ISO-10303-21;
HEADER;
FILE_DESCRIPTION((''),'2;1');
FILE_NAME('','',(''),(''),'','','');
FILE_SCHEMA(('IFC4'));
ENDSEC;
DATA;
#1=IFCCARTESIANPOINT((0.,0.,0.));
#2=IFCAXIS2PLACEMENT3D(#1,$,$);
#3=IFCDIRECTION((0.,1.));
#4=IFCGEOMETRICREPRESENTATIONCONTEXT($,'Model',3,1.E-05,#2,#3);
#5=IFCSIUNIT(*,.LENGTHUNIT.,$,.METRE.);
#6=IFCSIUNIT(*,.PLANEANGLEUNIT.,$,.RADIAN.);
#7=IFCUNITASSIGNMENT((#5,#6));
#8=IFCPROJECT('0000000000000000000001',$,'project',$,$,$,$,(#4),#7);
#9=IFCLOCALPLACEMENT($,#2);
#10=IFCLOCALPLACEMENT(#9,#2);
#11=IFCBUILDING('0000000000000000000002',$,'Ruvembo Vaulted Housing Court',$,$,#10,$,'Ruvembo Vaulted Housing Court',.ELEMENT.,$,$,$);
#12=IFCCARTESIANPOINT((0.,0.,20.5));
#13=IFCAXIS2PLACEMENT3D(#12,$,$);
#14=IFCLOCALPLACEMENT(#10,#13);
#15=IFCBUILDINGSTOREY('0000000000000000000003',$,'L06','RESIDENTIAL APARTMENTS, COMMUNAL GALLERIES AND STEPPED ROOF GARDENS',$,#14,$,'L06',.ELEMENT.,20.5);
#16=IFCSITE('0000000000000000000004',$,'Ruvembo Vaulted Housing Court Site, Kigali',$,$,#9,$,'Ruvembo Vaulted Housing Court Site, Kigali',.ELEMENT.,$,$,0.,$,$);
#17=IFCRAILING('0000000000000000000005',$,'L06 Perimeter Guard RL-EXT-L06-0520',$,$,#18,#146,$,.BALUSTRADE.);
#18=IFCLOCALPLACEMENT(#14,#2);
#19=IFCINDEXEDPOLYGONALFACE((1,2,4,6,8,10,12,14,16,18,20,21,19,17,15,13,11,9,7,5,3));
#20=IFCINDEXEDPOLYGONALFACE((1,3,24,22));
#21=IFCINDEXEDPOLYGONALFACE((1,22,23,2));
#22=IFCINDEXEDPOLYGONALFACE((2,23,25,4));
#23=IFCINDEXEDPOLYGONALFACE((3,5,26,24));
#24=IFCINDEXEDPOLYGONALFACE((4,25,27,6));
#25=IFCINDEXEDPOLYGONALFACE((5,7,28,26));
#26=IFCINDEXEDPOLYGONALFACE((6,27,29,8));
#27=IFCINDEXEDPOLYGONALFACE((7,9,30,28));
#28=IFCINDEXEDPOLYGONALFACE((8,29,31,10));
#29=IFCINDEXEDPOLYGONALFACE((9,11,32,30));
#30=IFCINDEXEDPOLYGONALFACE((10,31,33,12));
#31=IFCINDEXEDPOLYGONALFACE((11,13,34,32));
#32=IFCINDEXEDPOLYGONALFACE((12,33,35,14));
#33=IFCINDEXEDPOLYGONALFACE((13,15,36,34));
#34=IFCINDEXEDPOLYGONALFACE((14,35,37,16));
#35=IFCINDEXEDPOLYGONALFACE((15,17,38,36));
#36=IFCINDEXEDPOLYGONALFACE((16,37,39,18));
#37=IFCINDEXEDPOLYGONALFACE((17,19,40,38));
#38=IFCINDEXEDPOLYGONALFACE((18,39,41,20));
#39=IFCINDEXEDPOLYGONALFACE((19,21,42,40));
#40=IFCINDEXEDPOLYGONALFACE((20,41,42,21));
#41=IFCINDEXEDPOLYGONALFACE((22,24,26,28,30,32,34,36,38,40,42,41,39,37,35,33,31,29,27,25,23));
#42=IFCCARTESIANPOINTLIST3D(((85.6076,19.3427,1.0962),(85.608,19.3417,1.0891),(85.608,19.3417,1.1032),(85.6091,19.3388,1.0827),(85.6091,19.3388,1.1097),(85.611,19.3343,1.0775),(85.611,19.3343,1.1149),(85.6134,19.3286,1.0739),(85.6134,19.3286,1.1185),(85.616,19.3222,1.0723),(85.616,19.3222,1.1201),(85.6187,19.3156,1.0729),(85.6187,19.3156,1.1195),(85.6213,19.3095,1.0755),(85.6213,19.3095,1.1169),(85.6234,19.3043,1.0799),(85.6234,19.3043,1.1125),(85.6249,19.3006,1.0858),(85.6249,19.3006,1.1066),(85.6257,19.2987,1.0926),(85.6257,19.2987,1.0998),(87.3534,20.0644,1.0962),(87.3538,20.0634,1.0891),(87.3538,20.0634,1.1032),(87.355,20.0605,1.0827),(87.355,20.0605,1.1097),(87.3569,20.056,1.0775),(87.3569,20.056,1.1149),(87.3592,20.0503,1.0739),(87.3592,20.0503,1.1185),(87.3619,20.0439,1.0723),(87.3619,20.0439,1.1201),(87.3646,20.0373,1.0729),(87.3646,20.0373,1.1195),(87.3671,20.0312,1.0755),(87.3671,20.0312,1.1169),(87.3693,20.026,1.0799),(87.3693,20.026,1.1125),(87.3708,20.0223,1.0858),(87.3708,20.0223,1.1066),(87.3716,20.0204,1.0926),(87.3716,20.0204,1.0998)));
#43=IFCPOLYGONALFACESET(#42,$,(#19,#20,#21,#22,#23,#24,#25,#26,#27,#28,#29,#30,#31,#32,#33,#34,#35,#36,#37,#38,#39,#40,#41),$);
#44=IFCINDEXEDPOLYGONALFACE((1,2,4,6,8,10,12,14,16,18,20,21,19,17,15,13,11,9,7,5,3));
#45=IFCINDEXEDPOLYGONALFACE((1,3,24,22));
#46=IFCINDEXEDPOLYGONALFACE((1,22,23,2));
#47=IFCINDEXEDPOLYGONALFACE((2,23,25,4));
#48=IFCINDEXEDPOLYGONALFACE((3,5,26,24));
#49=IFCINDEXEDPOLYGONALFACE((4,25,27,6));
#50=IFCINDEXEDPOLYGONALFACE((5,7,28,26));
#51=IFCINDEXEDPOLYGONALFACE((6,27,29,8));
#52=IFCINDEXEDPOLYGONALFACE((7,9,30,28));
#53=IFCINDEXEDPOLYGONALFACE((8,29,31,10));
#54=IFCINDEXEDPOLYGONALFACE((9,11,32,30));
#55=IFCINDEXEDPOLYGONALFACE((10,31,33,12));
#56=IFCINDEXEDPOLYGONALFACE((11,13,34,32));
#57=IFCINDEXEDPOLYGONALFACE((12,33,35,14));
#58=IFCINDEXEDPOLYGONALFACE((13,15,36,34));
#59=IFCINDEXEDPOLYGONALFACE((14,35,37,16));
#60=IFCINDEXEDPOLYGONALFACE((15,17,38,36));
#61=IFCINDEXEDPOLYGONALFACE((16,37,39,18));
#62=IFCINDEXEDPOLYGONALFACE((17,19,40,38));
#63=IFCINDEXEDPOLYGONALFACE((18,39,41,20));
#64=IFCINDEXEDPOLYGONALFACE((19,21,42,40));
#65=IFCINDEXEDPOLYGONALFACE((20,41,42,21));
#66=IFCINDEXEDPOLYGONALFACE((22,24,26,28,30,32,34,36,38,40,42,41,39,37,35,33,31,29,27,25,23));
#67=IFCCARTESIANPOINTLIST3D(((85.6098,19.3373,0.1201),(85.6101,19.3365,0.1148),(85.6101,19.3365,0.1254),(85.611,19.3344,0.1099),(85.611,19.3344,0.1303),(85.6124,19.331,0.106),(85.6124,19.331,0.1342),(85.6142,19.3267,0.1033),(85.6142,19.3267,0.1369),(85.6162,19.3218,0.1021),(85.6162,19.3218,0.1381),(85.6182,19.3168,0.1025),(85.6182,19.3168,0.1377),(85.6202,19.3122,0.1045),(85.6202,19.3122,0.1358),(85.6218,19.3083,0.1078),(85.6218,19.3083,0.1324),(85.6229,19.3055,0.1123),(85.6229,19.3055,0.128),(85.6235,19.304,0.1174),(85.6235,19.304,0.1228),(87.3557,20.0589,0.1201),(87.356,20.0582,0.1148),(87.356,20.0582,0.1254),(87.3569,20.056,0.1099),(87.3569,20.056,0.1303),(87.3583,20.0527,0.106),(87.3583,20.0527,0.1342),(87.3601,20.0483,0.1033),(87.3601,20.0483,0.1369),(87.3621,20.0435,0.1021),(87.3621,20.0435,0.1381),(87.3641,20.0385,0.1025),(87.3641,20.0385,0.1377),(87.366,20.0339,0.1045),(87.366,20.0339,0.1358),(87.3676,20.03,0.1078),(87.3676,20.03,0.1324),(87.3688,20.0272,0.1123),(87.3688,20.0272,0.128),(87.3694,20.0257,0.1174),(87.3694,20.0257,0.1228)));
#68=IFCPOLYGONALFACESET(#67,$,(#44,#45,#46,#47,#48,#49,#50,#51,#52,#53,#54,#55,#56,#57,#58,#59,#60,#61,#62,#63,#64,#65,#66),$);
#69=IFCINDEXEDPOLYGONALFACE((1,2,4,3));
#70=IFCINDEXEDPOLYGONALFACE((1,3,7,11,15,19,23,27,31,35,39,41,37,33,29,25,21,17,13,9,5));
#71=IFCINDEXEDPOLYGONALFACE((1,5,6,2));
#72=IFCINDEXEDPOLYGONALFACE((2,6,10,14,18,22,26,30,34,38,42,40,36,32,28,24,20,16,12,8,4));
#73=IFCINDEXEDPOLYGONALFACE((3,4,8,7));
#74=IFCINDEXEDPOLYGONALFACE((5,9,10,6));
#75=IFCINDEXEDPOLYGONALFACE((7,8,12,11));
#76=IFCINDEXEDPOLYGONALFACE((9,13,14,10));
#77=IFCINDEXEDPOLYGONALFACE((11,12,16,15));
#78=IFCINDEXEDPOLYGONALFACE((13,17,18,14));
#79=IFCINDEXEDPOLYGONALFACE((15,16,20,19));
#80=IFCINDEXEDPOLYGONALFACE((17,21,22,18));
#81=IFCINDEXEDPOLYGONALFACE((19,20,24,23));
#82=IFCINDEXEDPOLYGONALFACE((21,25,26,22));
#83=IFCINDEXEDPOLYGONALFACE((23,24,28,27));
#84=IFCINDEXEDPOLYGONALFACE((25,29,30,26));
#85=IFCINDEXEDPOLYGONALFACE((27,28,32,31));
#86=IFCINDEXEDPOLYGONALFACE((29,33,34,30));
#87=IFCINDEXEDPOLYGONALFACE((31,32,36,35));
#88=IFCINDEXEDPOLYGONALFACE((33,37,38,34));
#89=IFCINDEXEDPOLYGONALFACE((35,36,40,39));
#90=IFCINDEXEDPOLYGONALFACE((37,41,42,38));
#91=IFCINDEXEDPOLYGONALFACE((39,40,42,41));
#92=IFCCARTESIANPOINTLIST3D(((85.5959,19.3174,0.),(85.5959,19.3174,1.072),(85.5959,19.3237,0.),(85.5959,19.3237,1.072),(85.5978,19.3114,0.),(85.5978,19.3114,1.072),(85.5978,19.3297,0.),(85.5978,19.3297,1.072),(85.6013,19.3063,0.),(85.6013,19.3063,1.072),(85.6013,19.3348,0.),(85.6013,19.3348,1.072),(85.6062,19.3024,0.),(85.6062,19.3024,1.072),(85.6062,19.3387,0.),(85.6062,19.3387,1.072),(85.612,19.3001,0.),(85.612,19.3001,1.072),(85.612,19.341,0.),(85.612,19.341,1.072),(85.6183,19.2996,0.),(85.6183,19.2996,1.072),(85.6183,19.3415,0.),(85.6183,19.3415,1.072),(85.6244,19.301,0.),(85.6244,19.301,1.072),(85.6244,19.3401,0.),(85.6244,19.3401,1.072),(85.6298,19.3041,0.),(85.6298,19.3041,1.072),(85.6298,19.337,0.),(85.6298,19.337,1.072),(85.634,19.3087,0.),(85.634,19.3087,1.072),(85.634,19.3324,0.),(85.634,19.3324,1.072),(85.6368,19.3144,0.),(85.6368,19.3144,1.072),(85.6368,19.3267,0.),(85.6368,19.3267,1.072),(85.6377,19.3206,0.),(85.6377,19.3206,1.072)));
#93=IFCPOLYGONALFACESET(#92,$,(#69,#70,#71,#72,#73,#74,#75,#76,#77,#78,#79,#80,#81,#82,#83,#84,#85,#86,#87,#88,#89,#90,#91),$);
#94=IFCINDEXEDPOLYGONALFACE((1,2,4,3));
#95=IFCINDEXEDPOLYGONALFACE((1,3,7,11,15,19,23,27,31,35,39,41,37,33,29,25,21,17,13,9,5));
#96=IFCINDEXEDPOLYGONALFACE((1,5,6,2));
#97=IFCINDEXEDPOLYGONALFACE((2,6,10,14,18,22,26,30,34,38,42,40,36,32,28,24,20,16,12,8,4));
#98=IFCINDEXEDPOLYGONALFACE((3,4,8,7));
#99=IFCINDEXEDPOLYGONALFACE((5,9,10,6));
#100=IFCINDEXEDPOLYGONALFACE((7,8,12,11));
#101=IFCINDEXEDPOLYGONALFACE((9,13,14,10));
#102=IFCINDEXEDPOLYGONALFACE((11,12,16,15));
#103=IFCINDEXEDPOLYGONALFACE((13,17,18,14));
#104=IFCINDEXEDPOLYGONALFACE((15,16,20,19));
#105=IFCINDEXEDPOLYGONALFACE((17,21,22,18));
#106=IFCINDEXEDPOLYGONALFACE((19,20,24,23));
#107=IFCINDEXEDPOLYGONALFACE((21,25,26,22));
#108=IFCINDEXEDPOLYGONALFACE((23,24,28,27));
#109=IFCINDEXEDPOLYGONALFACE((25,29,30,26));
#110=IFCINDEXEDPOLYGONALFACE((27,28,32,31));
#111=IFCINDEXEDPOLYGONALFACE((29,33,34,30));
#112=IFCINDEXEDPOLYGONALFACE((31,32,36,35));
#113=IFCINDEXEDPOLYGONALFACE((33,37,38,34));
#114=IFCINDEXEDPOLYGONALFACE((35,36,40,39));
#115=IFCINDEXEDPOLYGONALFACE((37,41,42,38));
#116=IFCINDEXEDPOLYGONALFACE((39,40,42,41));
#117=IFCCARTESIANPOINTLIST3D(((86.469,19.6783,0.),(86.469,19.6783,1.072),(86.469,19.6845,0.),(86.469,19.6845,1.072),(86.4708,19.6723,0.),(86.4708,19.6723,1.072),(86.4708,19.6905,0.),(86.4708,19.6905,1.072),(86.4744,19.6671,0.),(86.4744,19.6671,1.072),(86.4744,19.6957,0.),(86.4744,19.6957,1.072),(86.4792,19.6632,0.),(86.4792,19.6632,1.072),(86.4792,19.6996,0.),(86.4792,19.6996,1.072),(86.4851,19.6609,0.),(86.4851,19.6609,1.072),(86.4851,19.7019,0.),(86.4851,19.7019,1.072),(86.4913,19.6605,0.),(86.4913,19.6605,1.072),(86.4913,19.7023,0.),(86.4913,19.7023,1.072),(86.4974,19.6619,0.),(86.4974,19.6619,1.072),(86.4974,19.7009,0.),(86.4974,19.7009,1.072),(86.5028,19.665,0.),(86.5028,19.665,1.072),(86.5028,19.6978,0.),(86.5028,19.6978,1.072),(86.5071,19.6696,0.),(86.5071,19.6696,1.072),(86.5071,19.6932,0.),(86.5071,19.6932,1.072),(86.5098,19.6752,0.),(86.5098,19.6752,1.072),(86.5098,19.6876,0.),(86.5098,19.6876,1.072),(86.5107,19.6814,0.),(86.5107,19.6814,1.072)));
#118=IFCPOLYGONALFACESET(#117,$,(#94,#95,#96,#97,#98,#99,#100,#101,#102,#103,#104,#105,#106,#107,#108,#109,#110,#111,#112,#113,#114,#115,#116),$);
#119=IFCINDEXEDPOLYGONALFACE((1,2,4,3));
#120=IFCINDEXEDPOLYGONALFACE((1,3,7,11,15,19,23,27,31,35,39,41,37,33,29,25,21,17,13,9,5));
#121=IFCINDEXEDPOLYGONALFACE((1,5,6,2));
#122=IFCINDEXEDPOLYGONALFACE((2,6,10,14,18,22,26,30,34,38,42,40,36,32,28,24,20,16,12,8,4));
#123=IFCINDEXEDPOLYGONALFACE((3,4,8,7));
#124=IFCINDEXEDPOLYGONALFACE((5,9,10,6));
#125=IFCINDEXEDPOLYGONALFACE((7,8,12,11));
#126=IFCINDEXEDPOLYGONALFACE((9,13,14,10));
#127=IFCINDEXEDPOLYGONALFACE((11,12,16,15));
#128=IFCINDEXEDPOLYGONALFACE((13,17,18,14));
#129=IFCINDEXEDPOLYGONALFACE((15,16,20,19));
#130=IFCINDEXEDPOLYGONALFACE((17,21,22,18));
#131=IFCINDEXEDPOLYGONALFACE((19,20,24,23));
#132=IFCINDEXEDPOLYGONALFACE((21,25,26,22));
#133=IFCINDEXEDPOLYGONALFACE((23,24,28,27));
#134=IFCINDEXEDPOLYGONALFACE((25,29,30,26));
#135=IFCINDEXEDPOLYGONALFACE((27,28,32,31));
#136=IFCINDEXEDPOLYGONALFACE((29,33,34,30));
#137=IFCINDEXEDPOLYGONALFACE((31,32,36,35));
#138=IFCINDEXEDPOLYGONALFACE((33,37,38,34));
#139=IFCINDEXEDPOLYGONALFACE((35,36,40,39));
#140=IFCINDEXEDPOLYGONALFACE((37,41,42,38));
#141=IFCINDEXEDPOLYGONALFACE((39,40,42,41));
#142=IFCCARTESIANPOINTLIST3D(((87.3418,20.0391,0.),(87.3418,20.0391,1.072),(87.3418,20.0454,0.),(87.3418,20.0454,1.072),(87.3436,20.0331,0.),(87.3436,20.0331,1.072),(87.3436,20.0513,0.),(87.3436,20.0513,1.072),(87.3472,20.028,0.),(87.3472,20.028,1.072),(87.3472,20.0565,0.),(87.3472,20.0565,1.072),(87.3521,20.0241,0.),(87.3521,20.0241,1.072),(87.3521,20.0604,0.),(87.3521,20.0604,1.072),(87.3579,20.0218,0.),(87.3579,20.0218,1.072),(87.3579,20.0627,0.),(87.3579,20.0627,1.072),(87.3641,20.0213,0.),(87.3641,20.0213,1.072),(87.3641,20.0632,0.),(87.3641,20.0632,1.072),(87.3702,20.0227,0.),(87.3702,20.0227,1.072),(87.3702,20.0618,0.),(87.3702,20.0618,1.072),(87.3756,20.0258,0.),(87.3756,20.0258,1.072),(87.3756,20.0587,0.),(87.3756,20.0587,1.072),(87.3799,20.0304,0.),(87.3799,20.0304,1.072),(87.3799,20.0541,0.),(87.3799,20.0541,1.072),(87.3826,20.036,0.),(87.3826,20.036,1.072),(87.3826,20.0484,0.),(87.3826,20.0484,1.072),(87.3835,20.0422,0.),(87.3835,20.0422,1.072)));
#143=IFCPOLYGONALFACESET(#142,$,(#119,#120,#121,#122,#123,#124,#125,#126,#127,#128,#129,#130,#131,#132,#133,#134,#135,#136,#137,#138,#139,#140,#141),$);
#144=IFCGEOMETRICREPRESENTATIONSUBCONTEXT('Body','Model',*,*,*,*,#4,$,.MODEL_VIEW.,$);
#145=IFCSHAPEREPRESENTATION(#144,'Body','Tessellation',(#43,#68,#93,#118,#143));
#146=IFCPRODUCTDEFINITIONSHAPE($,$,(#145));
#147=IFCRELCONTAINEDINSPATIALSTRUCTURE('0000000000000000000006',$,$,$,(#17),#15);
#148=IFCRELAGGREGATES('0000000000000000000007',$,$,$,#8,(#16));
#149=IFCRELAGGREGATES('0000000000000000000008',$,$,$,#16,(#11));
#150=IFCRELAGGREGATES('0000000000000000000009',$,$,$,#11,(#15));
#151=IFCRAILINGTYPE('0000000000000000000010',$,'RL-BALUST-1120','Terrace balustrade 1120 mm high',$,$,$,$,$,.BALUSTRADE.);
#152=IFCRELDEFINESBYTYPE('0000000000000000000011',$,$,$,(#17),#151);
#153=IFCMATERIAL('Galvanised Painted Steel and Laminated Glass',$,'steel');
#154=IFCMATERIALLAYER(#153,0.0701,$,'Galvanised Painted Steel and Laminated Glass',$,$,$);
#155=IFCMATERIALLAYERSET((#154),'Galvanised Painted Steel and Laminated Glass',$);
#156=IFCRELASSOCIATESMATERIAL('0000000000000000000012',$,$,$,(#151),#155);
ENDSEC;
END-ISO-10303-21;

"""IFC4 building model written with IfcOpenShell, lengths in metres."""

from ifc_helpers import new_model, si_unit, direction, frame, origin, origin_2d, place, context, subcontext, project, spatial, circle, extrude, material, layer, layer_set, type_object, element, save


model = new_model("IFC4")

# Units and contexts
model_context = context("Model", 3, precision=1e-05, world=origin(), true_north=direction((0.0, 1.0)))
body_context = subcontext(model_context, "Body", "Model", "MODEL_VIEW")
ifc_project = project(units=[si_unit("LENGTHUNIT", "METRE"), si_unit("PLANEANGLEUNIT", "RADIAN")], contexts=[model_context])

# Site, building, storey
site_placement = place(None, origin())
site = spatial("IfcSite", under=ifc_project, at=site_placement, Name="Ruvembo Vaulted Housing Court Site, Kigali", LongName="Ruvembo Vaulted Housing Court Site, Kigali", CompositionType="ELEMENT", RefElevation=0.0)
building_placement = place(site_placement, origin())
building = spatial("IfcBuilding", under=site, at=building_placement, Name="Ruvembo Vaulted Housing Court", LongName="Ruvembo Vaulted Housing Court", CompositionType="ELEMENT")
storey_placement = place(building_placement, frame((0.0, 0.0, 20.5)))
storey = spatial("IfcBuildingStorey", under=building, at=storey_placement, Name="L06", Description="RESIDENTIAL APARTMENTS, COMMUNAL GALLERIES AND STEPPED ROOF GARDENS", LongName="L06", CompositionType="ELEMENT", Elevation=20.5)

# Railing
ifc_material_1 = material(Name="Galvanised Painted Steel and Laminated Glass", Category="steel")
ifc_layer = layer(ifc_material_1, 0.0701, Name="Galvanised Painted Steel and Laminated Glass")
ifc_layer_set = layer_set([ifc_layer], Name="Galvanised Painted Steel and Laminated Glass")
railing_type = type_object("IfcRailingType", Name="RL-BALUST-1120", Description="Terrace balustrade 1120 mm high", PredefinedType="BALUSTRADE", material=ifc_layer_set)
railing_1_placement = place(storey_placement, frame((85.6167, 19.3206, 0.0)))
element("IfcRailing", 1, at=railing_1_placement, inside=storey, type_object=railing_type, Name="L06 Perimeter Guard RL-EXT-L06-0520", PredefinedType="BALUSTRADE", context=body_context, shape_type="SweptSolid", body=[
    extrude(circle(Radius=0.0239, at=origin_2d()), frame((0.0, 0.0, 1.0962), z_axis=(0.924155, 0.382017, 0.0), x_axis=(-0.382017, 0.924155, 0.0)), (0.0, 0.0, 1.0), 1.8892),
    extrude(circle(Radius=0.0181, at=origin_2d()), frame((0.0, 0.0, 0.1201), z_axis=(0.924155, 0.382017, 0.0), x_axis=(-0.382017, 0.924155, 0.0)), (0.0, 0.0, 1.0), 1.8892),
    extrude(circle(Radius=0.021, at=origin_2d()), origin(), (0.0, 0.0, 1.0), 1.072),
    extrude(circle(Radius=0.021, at=origin_2d()), frame((0.873, 0.3608, 0.0)), (0.0, 0.0, 1.0), 1.072),
    extrude(circle(Radius=0.021, at=origin_2d()), frame((1.7458, 0.7217, 0.0)), (0.0, 0.0, 1.0), 1.072),
])

save(model, "model.ifc")
